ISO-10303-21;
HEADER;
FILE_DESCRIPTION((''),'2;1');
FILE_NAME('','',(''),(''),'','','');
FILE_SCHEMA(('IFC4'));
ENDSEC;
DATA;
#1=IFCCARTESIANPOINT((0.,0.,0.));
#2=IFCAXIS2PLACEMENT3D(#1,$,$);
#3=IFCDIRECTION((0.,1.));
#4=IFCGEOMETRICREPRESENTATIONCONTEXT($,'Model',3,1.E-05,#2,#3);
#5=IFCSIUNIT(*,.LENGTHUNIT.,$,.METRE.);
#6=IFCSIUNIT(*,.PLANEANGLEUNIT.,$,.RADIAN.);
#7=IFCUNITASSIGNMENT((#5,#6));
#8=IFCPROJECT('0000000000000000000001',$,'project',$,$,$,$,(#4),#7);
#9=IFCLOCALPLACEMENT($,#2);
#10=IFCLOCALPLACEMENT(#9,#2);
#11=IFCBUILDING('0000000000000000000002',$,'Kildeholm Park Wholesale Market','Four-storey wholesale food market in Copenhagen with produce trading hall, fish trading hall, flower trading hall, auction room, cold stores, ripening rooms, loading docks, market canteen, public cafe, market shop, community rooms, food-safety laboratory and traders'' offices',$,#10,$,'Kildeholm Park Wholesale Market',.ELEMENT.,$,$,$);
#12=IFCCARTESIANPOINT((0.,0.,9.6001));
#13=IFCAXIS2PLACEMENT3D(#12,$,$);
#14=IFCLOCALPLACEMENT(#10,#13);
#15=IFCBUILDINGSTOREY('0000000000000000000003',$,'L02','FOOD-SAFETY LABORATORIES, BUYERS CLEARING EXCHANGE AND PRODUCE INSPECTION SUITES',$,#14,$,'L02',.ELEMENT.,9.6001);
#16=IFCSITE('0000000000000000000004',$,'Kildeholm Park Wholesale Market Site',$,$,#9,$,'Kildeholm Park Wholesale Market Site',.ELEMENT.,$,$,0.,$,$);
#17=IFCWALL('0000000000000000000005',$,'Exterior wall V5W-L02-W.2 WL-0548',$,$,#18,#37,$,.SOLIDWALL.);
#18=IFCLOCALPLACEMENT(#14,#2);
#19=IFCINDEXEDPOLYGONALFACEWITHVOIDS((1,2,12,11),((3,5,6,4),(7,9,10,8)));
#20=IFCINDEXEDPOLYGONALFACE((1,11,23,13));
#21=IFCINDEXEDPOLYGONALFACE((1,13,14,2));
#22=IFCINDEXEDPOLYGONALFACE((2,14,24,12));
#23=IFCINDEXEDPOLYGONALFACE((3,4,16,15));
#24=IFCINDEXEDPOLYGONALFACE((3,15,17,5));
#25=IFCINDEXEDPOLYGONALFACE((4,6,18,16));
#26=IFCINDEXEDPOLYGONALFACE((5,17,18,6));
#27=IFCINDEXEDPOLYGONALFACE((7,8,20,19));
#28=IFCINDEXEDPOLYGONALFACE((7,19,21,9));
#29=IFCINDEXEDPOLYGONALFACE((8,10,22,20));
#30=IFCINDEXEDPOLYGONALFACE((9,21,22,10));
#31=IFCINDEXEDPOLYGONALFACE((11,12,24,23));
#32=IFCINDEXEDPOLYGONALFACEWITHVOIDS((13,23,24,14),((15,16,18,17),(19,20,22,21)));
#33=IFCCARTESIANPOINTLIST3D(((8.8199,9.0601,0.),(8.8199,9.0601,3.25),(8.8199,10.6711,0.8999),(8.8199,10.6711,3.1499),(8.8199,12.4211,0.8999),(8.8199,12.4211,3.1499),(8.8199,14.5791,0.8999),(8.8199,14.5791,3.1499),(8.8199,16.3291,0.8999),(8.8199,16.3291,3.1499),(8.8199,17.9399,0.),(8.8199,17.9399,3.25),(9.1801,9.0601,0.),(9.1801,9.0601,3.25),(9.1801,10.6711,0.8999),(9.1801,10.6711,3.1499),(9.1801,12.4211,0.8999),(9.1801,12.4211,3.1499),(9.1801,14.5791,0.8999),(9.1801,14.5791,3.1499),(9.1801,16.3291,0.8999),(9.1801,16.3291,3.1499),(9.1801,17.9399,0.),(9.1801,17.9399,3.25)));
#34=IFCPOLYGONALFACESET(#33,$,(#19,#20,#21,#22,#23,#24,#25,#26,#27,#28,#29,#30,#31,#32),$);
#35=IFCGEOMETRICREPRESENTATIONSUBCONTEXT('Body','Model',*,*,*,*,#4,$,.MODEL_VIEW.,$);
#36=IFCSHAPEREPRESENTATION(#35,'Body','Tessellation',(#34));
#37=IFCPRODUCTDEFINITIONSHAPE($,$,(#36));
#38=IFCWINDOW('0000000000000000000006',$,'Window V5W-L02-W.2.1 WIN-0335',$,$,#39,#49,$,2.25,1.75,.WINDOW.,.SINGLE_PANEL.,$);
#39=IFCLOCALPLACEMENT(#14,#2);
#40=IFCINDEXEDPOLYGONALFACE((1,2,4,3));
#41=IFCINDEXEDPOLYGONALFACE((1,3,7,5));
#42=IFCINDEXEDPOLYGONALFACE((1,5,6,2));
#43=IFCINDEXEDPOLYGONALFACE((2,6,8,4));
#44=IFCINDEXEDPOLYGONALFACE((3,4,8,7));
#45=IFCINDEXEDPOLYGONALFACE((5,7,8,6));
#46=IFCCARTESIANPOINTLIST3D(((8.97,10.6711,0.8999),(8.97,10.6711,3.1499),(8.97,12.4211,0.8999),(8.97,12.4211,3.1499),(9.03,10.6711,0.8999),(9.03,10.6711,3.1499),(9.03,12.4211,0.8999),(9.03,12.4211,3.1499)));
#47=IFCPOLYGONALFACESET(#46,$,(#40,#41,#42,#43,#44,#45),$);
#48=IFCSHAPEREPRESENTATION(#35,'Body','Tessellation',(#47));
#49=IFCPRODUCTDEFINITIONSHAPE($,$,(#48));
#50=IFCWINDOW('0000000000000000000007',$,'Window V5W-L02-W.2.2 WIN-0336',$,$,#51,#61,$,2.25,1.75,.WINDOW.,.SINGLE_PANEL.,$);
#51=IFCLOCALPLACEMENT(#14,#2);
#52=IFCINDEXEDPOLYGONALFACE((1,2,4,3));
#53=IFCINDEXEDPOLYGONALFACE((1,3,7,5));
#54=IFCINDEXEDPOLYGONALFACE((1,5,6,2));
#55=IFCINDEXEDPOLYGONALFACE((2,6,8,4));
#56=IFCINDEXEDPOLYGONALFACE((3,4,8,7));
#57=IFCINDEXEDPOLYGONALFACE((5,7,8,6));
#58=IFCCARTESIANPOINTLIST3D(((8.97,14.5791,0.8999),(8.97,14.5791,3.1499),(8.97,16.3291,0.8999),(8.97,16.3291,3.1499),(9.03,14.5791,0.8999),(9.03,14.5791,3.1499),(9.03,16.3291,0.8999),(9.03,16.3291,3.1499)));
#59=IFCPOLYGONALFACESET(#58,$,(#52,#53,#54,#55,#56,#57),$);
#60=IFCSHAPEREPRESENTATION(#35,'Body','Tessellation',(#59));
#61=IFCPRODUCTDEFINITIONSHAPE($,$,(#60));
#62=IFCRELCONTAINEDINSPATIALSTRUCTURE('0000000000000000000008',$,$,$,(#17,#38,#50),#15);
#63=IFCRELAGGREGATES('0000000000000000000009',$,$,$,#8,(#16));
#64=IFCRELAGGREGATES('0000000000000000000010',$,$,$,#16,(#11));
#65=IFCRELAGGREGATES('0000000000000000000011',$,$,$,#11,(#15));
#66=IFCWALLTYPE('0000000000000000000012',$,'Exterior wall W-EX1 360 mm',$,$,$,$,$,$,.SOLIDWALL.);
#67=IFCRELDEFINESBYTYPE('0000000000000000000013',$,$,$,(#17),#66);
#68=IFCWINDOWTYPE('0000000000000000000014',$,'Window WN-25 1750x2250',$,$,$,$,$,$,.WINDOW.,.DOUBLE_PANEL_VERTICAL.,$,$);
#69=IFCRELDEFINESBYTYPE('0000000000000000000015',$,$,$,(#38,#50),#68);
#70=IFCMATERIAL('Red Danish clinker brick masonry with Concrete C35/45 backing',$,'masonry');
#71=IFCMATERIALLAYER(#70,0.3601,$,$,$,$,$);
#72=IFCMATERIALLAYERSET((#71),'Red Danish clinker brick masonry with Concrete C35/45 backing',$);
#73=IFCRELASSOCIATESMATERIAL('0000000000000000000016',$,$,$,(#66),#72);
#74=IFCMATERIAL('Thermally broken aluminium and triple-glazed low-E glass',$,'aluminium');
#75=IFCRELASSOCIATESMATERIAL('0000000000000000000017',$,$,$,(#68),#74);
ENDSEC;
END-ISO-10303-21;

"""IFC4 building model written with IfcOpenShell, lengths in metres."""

from ifc_helpers import new_model, si_unit, direction, frame, frame_2d, origin, place, context, subcontext, project, spatial, rectangle, extrude, material, layer, layer_set, type_object, element, fill, save


model = new_model("IFC4")

# Units and contexts
model_context = context("Model", 3, precision=1e-05, world=origin(), true_north=direction((0.0, 1.0)))
body_context = subcontext(model_context, "Body", "Model", "MODEL_VIEW")
ifc_project = project(units=[si_unit("LENGTHUNIT", "METRE"), si_unit("PLANEANGLEUNIT", "RADIAN")], contexts=[model_context])

# Site, building, storey
site_placement = place(None, origin())
site = spatial("IfcSite", under=ifc_project, at=site_placement, Name="Kildeholm Park Wholesale Market Site", LongName="Kildeholm Park Wholesale Market Site", CompositionType="ELEMENT", RefElevation=0.0)
building_placement = place(site_placement, origin())
building = spatial("IfcBuilding", under=site, at=building_placement, Name="Kildeholm Park Wholesale Market", Description="Four-storey wholesale food market in Copenhagen with produce trading hall, fish trading hall, flower trading hall, auction room, cold stores, ripening rooms, loading docks, market canteen, public cafe, market shop, community rooms, food-safety laboratory and traders' offices", LongName="Kildeholm Park Wholesale Market", CompositionType="ELEMENT")
storey_placement = place(building_placement, frame((0.0, 0.0, 9.6001)))
storey = spatial("IfcBuildingStorey", under=building, at=storey_placement, Name="L02", Description="FOOD-SAFETY LABORATORIES, BUYERS CLEARING EXCHANGE AND PRODUCE INSPECTION SUITES", LongName="L02", CompositionType="ELEMENT", Elevation=9.6001)

# Shared definitions
ifc_material_1 = material(Name="Red Danish clinker brick masonry with Concrete C35/45 backing", Category="masonry")
ifc_layer_1 = layer(ifc_material_1, 0.3601)
ifc_layer_set_1 = layer_set([ifc_layer_1], Name="Red Danish clinker brick masonry with Concrete C35/45 backing")
wall_type_1 = type_object("IfcWallType", Name="Exterior wall W-EX1 360 mm", PredefinedType="SOLIDWALL", material=ifc_layer_set_1)

# Wall, openings, windows
wall_1_placement = place(storey_placement, frame((9.0, 9.0601, 0.0), z_axis=(0.0, 0.0, 1.0), x_axis=(0.0, 1.0, 0.0)))
wall_1 = element("IfcWall", 1, at=wall_1_placement, inside=storey, type_object=wall_type_1, Name="Exterior wall V5W-L02-W.2 WL-0548", PredefinedType="SOLIDWALL", context=body_context, shape_type="SweptSolid", body=[
    extrude(rectangle(XDim=8.8799, YDim=0.3601, at=frame_2d((4.4399, 0.0))), origin(), (0.0, 0.0, 1.0), 3.25),
])
opening_1_placement = place(wall_1_placement, frame((1.6111, 0.0, 0.8999)))
opening_1 = element("IfcOpeningElement", 2, at=opening_1_placement, cuts=wall_1, PredefinedType="OPENING", context=body_context, shape_type="SweptSolid", body=[
    extrude(rectangle(XDim=1.75, YDim=2.25, at=frame_2d((0.875, 1.125))), frame((0.0, 0.1899, 0.0), z_axis=(0.0, -1.0, 0.0), x_axis=(1.0, 0.0, 0.0)), (0.0, 0.0, 1.0), 0.3801),
])
opening_2_placement = place(wall_1_placement, frame((5.519, 0.0, 0.8999)))
opening_2 = element("IfcOpeningElement", 3, at=opening_2_placement, cuts=wall_1, PredefinedType="OPENING", context=body_context, shape_type="SweptSolid", body=[
    extrude(rectangle(XDim=1.75, YDim=2.25, at=frame_2d((0.875, 1.125))), frame((0.0, 0.1899, 0.0), z_axis=(0.0, -1.0, 0.0), x_axis=(1.0, 0.0, 0.0)), (0.0, 0.0, 1.0), 0.3801),
])
ifc_material_2 = material(Name="Thermally broken aluminium and triple-glazed low-E glass", Category="aluminium")
window_type = type_object("IfcWindowType", Name="Window WN-25 1750x2250", PartitioningType="DOUBLE_PANEL_VERTICAL", PredefinedType="WINDOW", material=ifc_material_2)
window_1_placement = place(opening_1_placement, origin())
window_1 = element("IfcWindow", 4, at=window_1_placement, inside=storey, type_object=window_type, Name="Window V5W-L02-W.2.1 WIN-0335", OverallHeight=2.25, OverallWidth=1.75, PartitioningType="SINGLE_PANEL", PredefinedType="WINDOW", context=body_context, shape_type="SweptSolid", body=[
    extrude(rectangle(XDim=1.75, YDim=2.25, at=frame_2d((0.875, 1.125))), frame((0.0, 0.03, 0.0), z_axis=(0.0, -1.0, 0.0), x_axis=(1.0, 0.0, 0.0)), (0.0, 0.0, 1.0), 0.0601),
])
fill(opening_1, window_1)
window_2_placement = place(opening_2_placement, origin())
window_2 = element("IfcWindow", 5, at=window_2_placement, inside=storey, type_object=window_type, Name="Window V5W-L02-W.2.2 WIN-0336", OverallHeight=2.25, OverallWidth=1.75, PartitioningType="SINGLE_PANEL", PredefinedType="WINDOW", context=body_context, shape_type="SweptSolid", body=[
    extrude(rectangle(XDim=1.75, YDim=2.25, at=frame_2d((0.875, 1.125))), frame((0.0, 0.03, 0.0), z_axis=(0.0, -1.0, 0.0), x_axis=(1.0, 0.0, 0.0)), (0.0, 0.0, 1.0), 0.0601),
])
fill(opening_2, window_2)

save(model, "model.ifc")
